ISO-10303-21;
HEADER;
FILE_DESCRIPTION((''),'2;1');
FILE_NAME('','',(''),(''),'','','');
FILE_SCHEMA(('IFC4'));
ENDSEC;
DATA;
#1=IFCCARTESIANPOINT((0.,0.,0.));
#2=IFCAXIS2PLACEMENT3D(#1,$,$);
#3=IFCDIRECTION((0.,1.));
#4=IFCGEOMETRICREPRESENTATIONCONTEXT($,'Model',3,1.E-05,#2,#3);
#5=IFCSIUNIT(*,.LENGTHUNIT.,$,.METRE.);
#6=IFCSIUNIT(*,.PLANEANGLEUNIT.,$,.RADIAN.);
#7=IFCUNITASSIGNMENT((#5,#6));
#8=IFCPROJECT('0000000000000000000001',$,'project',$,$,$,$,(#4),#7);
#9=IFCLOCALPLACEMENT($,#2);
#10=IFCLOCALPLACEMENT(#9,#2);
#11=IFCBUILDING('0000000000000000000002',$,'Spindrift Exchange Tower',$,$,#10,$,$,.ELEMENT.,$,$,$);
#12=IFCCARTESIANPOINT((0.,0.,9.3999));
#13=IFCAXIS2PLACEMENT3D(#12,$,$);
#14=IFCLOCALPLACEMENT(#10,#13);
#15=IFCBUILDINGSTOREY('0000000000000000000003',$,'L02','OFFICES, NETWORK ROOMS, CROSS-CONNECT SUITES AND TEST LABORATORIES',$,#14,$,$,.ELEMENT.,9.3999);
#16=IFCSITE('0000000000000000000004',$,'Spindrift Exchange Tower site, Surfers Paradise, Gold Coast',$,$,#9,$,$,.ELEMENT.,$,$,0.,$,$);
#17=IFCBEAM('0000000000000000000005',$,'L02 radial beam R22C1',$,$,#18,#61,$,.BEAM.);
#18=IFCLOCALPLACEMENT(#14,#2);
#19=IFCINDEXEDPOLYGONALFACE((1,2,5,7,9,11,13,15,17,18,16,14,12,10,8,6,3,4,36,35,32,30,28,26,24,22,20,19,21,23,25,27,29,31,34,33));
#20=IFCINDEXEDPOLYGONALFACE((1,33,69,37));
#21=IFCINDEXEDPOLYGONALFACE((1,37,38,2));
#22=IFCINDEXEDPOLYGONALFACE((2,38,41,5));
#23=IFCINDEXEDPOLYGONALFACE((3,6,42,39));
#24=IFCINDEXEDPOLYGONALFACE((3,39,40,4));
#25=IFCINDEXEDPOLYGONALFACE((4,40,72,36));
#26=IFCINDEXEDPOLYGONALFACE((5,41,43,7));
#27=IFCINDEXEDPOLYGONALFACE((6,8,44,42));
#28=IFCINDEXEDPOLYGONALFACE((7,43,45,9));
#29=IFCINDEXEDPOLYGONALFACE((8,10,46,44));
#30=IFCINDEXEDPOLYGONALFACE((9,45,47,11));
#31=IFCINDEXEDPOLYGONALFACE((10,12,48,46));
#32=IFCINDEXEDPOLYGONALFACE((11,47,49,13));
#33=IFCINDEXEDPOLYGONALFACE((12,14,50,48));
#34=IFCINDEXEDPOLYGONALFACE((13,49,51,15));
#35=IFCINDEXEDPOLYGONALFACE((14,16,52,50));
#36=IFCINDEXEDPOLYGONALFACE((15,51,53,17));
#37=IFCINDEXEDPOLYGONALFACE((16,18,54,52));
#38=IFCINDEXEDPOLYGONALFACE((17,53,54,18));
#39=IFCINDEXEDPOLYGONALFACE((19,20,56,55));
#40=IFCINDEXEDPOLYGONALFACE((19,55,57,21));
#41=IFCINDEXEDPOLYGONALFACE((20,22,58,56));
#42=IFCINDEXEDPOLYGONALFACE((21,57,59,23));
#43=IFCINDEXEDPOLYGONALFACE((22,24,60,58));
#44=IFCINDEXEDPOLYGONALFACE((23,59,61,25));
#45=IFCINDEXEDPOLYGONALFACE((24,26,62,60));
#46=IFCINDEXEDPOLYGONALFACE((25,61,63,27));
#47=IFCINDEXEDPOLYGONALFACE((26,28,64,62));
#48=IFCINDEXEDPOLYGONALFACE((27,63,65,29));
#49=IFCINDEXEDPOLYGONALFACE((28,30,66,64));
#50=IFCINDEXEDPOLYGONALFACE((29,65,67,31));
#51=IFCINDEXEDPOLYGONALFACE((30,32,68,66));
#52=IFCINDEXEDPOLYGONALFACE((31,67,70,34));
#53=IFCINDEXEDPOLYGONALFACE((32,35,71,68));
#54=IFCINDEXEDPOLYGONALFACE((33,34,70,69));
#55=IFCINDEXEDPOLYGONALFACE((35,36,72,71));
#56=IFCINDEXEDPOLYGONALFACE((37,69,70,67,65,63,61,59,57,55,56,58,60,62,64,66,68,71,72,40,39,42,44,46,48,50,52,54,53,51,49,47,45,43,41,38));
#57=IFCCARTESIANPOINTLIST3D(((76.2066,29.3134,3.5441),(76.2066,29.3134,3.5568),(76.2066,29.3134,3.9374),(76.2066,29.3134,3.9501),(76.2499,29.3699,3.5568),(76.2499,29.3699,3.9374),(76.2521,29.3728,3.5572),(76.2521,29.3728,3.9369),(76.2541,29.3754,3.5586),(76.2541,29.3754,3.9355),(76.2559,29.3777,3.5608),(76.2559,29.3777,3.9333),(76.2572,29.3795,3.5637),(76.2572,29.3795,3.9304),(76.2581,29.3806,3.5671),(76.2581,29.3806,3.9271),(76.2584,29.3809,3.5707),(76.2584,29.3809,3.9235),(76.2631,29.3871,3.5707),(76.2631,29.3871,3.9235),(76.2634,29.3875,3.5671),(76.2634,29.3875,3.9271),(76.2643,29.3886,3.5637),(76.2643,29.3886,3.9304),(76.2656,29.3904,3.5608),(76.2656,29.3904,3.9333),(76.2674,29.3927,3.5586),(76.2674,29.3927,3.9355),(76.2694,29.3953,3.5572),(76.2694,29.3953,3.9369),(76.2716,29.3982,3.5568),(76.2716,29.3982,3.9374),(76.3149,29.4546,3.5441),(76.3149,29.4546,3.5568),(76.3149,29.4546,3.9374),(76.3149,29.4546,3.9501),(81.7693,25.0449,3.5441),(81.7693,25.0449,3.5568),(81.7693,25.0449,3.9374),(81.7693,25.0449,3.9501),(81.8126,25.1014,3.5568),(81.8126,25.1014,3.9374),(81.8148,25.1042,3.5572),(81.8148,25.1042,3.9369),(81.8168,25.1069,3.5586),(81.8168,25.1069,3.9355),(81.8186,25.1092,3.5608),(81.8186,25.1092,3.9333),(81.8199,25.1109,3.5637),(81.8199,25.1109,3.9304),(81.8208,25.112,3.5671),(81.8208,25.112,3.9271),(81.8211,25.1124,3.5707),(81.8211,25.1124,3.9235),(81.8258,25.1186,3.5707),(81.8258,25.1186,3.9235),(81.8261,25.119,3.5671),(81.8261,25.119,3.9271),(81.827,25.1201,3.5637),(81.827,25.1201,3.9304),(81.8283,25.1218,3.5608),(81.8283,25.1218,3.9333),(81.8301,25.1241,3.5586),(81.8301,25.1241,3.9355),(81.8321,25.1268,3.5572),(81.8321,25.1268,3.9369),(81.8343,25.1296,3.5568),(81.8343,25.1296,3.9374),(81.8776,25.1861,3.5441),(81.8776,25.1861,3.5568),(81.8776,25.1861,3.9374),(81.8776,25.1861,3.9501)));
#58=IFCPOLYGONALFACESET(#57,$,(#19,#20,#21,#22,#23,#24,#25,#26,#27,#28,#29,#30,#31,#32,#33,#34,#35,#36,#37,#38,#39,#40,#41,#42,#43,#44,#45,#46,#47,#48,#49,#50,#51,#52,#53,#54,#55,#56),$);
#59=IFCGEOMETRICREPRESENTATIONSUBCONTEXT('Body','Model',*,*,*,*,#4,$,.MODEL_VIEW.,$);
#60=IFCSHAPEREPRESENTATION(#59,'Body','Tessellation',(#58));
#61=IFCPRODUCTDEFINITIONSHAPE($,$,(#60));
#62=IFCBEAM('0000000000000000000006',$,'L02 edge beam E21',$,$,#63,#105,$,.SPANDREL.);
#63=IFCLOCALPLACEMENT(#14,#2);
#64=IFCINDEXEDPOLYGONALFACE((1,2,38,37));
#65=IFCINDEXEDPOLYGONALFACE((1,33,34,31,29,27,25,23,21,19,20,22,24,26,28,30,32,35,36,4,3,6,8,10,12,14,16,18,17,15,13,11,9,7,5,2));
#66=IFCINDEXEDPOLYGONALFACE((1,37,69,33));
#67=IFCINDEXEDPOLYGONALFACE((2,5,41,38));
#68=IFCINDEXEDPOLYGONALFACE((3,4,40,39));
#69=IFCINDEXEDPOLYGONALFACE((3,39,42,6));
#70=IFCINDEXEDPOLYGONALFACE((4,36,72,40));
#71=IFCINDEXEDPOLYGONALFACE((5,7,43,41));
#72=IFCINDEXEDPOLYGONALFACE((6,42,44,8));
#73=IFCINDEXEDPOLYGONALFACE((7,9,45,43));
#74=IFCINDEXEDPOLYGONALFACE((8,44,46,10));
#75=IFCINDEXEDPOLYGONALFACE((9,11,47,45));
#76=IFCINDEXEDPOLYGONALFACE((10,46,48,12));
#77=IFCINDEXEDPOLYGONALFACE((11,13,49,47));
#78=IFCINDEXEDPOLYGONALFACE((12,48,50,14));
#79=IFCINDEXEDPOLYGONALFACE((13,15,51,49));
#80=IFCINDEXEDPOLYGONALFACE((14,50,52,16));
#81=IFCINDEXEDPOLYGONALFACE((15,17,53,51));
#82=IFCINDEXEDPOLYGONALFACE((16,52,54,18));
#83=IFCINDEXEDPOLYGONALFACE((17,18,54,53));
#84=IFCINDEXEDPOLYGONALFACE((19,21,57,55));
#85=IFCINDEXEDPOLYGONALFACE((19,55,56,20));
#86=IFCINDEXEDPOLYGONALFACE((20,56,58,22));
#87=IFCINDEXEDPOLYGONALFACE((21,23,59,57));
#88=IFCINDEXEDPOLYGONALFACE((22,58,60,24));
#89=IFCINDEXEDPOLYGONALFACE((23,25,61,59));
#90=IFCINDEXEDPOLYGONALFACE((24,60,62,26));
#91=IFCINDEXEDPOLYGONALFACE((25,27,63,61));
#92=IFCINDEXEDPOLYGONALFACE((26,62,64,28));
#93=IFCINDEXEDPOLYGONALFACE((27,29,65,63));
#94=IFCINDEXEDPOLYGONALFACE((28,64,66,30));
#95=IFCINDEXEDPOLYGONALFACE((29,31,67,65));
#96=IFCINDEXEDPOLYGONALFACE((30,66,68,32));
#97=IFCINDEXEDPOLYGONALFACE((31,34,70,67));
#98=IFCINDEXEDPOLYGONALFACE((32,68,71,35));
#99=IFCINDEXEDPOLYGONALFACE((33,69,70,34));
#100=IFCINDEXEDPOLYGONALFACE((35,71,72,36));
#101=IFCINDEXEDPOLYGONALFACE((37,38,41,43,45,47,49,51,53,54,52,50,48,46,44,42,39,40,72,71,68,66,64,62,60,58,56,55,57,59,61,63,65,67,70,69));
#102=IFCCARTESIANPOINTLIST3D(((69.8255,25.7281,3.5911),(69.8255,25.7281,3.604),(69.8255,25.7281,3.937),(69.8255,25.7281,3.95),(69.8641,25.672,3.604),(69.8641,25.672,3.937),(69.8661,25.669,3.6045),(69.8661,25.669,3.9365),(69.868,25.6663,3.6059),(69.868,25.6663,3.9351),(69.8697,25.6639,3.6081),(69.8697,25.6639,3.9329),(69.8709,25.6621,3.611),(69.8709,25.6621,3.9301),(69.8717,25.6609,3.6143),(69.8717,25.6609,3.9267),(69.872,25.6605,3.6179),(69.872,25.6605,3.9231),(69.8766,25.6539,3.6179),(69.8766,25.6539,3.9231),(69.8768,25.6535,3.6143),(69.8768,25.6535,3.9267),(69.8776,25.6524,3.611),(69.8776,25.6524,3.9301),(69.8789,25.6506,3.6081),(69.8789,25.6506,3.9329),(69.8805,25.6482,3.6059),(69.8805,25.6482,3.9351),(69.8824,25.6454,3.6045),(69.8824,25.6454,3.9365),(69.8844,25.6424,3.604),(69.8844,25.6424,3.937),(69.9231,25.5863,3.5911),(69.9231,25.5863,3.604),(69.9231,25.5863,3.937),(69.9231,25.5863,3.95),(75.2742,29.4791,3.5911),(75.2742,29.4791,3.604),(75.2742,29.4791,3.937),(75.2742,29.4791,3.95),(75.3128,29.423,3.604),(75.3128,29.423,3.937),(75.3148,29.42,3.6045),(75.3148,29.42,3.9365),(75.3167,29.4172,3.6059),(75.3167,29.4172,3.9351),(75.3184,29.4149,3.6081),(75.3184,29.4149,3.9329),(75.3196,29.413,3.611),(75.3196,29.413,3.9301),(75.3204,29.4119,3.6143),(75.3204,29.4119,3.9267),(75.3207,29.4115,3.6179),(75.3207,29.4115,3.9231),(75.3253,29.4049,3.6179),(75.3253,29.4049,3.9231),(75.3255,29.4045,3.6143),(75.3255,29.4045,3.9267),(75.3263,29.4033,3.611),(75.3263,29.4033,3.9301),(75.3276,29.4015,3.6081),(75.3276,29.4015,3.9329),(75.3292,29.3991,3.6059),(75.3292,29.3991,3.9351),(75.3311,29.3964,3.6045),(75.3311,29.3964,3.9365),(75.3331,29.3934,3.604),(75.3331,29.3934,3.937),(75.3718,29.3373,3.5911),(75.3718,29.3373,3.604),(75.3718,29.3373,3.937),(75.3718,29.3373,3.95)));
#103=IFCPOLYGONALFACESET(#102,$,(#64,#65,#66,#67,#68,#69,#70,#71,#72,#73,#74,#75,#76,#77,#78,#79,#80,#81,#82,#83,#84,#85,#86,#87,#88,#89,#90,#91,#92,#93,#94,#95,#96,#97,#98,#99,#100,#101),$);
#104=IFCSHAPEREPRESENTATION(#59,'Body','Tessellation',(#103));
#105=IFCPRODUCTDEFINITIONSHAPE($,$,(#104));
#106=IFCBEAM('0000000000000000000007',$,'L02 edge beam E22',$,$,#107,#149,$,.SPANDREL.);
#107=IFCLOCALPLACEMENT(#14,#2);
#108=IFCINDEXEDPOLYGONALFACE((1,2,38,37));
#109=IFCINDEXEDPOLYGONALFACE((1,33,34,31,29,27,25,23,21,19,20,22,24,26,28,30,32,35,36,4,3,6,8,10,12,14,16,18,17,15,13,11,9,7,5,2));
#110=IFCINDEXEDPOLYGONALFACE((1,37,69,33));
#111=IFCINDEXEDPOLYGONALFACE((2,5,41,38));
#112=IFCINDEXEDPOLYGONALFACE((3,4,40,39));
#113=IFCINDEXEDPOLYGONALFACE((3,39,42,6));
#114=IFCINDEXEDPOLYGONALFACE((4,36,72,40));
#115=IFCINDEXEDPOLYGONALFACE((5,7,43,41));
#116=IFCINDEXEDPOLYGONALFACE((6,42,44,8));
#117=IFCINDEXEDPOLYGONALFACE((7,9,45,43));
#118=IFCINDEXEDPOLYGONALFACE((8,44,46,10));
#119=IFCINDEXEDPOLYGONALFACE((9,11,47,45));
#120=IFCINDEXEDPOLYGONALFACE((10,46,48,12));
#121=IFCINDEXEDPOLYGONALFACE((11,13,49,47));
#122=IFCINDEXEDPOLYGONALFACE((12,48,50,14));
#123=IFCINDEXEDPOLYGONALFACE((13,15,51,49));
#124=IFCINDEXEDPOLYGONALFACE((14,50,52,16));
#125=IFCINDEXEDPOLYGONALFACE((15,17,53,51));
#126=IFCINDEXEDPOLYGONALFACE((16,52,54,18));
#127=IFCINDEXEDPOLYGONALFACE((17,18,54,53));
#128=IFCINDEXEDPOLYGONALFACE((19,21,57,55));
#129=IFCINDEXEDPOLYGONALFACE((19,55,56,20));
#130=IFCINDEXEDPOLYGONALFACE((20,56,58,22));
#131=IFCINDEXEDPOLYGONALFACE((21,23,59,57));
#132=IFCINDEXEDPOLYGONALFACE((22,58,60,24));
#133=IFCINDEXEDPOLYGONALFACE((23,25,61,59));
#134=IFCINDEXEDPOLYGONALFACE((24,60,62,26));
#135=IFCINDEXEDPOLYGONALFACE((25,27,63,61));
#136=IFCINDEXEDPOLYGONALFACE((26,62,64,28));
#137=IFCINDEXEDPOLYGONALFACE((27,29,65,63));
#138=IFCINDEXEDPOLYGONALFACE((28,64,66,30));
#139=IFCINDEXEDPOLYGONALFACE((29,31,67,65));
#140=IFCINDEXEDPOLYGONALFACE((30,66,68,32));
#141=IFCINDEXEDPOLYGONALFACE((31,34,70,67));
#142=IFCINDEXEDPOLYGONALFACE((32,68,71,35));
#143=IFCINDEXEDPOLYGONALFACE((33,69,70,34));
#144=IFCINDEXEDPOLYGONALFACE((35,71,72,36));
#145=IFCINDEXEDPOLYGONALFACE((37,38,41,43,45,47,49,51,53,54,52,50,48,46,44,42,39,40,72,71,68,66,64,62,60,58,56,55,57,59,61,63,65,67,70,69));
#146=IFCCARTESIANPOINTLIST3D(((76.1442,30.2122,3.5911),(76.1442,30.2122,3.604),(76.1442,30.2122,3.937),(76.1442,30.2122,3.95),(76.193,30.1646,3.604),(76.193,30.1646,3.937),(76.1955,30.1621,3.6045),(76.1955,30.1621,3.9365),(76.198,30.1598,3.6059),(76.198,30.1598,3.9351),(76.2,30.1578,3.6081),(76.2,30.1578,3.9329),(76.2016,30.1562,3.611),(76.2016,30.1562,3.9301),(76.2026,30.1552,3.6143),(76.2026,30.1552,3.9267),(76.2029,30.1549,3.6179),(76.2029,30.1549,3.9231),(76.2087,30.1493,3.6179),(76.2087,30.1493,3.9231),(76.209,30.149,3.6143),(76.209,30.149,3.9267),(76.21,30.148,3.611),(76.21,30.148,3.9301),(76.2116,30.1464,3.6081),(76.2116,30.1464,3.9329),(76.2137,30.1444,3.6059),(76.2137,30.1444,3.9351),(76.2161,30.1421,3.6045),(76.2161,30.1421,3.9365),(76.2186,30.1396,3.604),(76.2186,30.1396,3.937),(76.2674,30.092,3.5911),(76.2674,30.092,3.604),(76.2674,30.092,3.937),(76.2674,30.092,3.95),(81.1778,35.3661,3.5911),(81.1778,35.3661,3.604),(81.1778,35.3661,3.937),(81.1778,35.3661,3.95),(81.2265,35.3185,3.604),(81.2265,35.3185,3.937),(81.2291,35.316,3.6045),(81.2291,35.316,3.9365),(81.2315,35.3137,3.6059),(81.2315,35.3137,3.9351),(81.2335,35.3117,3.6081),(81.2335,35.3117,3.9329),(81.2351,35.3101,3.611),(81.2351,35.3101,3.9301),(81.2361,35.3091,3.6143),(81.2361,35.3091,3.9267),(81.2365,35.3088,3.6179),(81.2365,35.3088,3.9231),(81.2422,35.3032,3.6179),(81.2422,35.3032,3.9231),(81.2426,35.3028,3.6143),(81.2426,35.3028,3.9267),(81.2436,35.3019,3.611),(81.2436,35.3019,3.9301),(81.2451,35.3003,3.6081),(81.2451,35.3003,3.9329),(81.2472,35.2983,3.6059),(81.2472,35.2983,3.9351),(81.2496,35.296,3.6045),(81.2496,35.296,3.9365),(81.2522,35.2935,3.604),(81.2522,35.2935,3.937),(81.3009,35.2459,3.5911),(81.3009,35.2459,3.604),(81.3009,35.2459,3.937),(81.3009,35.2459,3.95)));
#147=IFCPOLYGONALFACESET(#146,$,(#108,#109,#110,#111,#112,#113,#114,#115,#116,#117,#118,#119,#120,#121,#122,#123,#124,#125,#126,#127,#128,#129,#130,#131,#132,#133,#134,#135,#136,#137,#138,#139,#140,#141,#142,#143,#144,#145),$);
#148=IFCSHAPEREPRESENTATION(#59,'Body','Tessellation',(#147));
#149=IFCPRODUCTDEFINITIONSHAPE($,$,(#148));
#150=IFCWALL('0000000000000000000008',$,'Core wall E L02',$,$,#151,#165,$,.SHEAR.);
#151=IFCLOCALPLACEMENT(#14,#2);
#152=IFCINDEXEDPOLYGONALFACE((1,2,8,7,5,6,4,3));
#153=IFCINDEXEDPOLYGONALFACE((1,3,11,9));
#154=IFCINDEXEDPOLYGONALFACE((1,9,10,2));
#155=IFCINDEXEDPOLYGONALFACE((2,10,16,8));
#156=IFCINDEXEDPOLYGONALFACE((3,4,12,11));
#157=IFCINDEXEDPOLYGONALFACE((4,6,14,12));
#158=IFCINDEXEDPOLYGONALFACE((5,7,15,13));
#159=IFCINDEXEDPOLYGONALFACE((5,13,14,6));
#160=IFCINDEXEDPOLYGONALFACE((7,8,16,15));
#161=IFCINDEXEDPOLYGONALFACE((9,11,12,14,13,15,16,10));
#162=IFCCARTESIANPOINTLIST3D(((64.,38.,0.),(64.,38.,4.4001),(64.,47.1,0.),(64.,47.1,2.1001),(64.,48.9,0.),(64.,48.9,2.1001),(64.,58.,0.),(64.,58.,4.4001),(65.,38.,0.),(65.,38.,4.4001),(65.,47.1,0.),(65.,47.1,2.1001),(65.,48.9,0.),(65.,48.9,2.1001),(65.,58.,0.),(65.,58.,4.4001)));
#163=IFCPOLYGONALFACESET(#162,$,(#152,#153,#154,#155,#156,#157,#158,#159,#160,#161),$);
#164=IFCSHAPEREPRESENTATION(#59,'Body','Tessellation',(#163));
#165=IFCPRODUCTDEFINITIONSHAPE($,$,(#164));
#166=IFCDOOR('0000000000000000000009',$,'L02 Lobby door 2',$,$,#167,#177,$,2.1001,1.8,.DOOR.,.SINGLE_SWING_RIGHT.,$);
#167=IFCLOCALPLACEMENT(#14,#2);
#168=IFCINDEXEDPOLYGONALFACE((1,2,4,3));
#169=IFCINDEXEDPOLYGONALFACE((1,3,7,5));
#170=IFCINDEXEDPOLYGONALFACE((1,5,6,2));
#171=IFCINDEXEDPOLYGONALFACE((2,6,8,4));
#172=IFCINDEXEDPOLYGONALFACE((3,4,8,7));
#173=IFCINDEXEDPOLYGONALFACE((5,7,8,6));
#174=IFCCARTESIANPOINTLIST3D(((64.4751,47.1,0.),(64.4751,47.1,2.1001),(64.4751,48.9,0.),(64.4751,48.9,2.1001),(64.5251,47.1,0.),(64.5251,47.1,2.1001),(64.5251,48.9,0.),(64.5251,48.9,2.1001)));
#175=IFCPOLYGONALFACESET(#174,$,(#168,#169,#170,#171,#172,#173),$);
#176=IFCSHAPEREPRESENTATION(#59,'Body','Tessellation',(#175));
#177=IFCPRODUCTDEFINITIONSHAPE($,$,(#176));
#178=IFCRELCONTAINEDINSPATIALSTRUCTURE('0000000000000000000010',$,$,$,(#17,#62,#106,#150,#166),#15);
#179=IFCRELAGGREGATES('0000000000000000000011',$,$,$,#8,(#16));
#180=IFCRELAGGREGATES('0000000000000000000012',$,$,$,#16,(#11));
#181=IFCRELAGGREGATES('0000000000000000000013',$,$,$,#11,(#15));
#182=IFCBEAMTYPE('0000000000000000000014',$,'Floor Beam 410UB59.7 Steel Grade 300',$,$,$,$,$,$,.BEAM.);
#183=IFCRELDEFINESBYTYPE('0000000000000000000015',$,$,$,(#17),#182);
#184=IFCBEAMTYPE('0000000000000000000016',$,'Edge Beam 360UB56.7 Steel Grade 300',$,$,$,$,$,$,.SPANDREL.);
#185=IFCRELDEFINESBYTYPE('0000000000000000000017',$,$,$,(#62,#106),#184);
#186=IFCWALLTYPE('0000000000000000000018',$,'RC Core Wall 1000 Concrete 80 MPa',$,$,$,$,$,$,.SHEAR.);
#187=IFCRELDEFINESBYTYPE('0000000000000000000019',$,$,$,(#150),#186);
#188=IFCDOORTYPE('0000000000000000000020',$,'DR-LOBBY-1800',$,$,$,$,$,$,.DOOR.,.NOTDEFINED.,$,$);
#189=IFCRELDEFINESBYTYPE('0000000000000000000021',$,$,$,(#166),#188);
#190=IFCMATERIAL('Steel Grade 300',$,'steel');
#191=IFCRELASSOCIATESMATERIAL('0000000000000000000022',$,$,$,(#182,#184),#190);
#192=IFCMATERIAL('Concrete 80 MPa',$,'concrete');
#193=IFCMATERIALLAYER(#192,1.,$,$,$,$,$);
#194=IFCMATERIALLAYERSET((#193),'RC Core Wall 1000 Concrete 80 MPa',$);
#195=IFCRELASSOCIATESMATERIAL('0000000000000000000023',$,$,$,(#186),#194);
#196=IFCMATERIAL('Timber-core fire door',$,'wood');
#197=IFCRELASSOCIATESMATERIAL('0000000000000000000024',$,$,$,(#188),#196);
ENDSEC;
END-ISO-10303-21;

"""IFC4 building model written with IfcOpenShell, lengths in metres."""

from ifc_helpers import new_model, si_unit, direction, frame, frame_2d, origin, origin_2d, place, context, subcontext, project, spatial, rectangle, i_section, extrude, source, transform, mapped, material, layer, layer_set, material_profile, profile_set, type_object, element, fill, save


model = new_model("IFC4")

# Units and contexts
model_context = context("Model", 3, precision=1e-05, world=origin(), true_north=direction((0.0, 1.0)))
body_context = subcontext(model_context, "Body", "Model", "MODEL_VIEW")
ifc_project = project(units=[si_unit("LENGTHUNIT", "METRE"), si_unit("PLANEANGLEUNIT", "RADIAN")], contexts=[model_context])

# Site, building, storey
site_placement = place(None, origin())
site = spatial("IfcSite", under=ifc_project, at=site_placement, Name="Spindrift Exchange Tower site, Surfers Paradise, Gold Coast", CompositionType="ELEMENT", RefElevation=0.0)
building_placement = place(site_placement, origin())
building = spatial("IfcBuilding", under=site, at=building_placement, Name="Spindrift Exchange Tower", CompositionType="ELEMENT")
storey_placement = place(building_placement, frame((0.0, 0.0, 9.3999)))
storey = spatial("IfcBuildingStorey", under=building, at=storey_placement, Name="L02", Description="OFFICES, NETWORK ROOMS, CROSS-CONNECT SUITES AND TEST LABORATORIES", CompositionType="ELEMENT", Elevation=9.3999)

# Shared definitions
ifc_material_1 = material(Name="Concrete 80 MPa", Category="concrete")

# Beams
ifc_material_2 = material(Name="Steel Grade 300", Category="steel")
ifc_material_profile_1 = material_profile(ifc_material_2, i_section(OverallWidth=0.178, OverallDepth=0.406, WebThickness=0.0078, FlangeThickness=0.0127, FilletRadius=0.0139, at=origin_2d()), Name="410UB59.7")
ifc_profile_set_1 = profile_set([ifc_material_profile_1], Name="Steel Grade 300")
beam_type_1 = type_object("IfcBeamType", Name="Floor Beam 410UB59.7 Steel Grade 300", PredefinedType="BEAM", material=ifc_profile_set_1)
shared_shape_1 = source(origin(), body_context, "Body", "SweptSolid", [
    extrude(i_section(OverallWidth=0.178, OverallDepth=0.406, WebThickness=0.0078, FlangeThickness=0.0127, FilletRadius=0.0139, at=origin_2d()), origin(), (0.0, 0.0, 1.0), 7.0117),
])
beam_1_placement = place(storey_placement, frame((76.2607, 29.384, 3.7471), z_axis=(0.793346, -0.608771, 0.0), x_axis=(0.608771, 0.793346, 0.0)))
element("IfcBeam", 1, at=beam_1_placement, inside=storey, type_object=beam_type_1, Name="L02 radial beam R22C1", PredefinedType="BEAM", context=body_context, shape_type="MappedRepresentation", body=[
    mapped(shared_shape_1, transform((0.0, 0.0, 0.0), scale=1.0)),
])
ifc_material_profile_2 = material_profile(ifc_material_2, i_section(OverallWidth=0.1721, OverallDepth=0.3589, WebThickness=0.0081, FlangeThickness=0.0129, FilletRadius=0.0139, at=origin_2d()), Name="360UB56.7")
ifc_profile_set_2 = profile_set([ifc_material_profile_2], Name="Steel Grade 300")
beam_type_2 = type_object("IfcBeamType", Name="Edge Beam 360UB56.7 Steel Grade 300", PredefinedType="SPANDREL", material=ifc_profile_set_2)
shared_shape_2 = source(origin(), body_context, "Body", "SweptSolid", [
    extrude(i_section(OverallWidth=0.1721, OverallDepth=0.3589, WebThickness=0.0081, FlangeThickness=0.0129, FilletRadius=0.0139, at=origin_2d()), origin(), (0.0, 0.0, 1.0), 6.615),
])
beam_2_placement = place(storey_placement, frame((69.8743, 25.6572, 3.7705), z_axis=(0.823691, 0.567039, 0.0), x_axis=(-0.567039, 0.823691, 0.0)))
element("IfcBeam", 2, at=beam_2_placement, inside=storey, type_object=beam_type_2, Name="L02 edge beam E21", PredefinedType="SPANDREL", context=body_context, shape_type="MappedRepresentation", body=[
    mapped(shared_shape_2, transform((0.0, 0.0, 0.0), scale=1.0)),
])
shared_shape_3 = source(origin(), body_context, "Body", "SweptSolid", [
    extrude(i_section(OverallWidth=0.1721, OverallDepth=0.3589, WebThickness=0.0081, FlangeThickness=0.0129, FilletRadius=0.0139, at=origin_2d()), origin(), (0.0, 0.0, 1.0), 7.2041),
])
beam_3_placement = place(storey_placement, frame((76.2058, 30.1521, 3.7705), z_axis=(0.698704, 0.715411, 0.0), x_axis=(-0.715411, 0.698704, 0.0)))
element("IfcBeam", 3, at=beam_3_placement, inside=storey, type_object=beam_type_2, Name="L02 edge beam E22", PredefinedType="SPANDREL", context=body_context, shape_type="MappedRepresentation", body=[
    mapped(shared_shape_3, transform((0.0, 0.0, 0.0), scale=1.0)),
])

# Wall, opening, door
ifc_layer_1 = layer(ifc_material_1, 1.0)
ifc_layer_set_1 = layer_set([ifc_layer_1], Name="RC Core Wall 1000 Concrete 80 MPa")
wall_type_1 = type_object("IfcWallType", Name="RC Core Wall 1000 Concrete 80 MPa", PredefinedType="SHEAR", material=ifc_layer_set_1)
wall_1_placement = place(storey_placement, frame((64.5, 38.0, 0.0), z_axis=(0.0, 0.0, 1.0), x_axis=(0.0, 1.0, 0.0)))
wall_1 = element("IfcWall", 4, at=wall_1_placement, inside=storey, type_object=wall_type_1, Name="Core wall E L02", PredefinedType="SHEAR", context=body_context, shape_type="SweptSolid", body=[
    extrude(rectangle(XDim=20.0, YDim=1.0, at=frame_2d((10.0, 0.0))), origin(), (0.0, 0.0, 1.0), 4.4001),
])
opening_1_placement = place(wall_1_placement, frame((9.1001, 0.0, 0.0)))
opening_1 = element("IfcOpeningElement", 5, at=opening_1_placement, cuts=wall_1, PredefinedType="OPENING", context=body_context, shape_type="SweptSolid", body=[
    extrude(rectangle(XDim=1.8, YDim=2.1001, at=frame_2d((0.8999, 1.05))), frame((0.0, 0.51, 0.0), z_axis=(0.0, -1.0, 0.0), x_axis=(1.0, 0.0, 0.0)), (0.0, 0.0, 1.0), 1.02),
])
ifc_material_3 = material(Name="Timber-core fire door", Category="wood")
door_type_1 = type_object("IfcDoorType", Name="DR-LOBBY-1800", OperationType="NOTDEFINED", PredefinedType="DOOR", material=ifc_material_3)
shared_shape_4 = source(origin(), body_context, "Body", "SweptSolid", [
    extrude(rectangle(XDim=1.8, YDim=2.1001, at=frame_2d((0.8999, 1.05))), frame((0.0, 0.0249, 0.0), z_axis=(0.0, -1.0, 0.0), x_axis=(1.0, 0.0, 0.0)), (0.0, 0.0, 1.0), 0.05),
])
door_1_placement = place(opening_1_placement, origin())
door_1 = element("IfcDoor", 6, at=door_1_placement, inside=storey, type_object=door_type_1, Name="L02 Lobby door 2", OperationType="SINGLE_SWING_RIGHT", OverallHeight=2.1001, OverallWidth=1.8, PredefinedType="DOOR", context=body_context, shape_type="MappedRepresentation", body=[
    mapped(shared_shape_4, transform((0.0, 0.0, 0.0), scale=1.0)),
])
fill(opening_1, door_1)

save(model, "model.ifc")
